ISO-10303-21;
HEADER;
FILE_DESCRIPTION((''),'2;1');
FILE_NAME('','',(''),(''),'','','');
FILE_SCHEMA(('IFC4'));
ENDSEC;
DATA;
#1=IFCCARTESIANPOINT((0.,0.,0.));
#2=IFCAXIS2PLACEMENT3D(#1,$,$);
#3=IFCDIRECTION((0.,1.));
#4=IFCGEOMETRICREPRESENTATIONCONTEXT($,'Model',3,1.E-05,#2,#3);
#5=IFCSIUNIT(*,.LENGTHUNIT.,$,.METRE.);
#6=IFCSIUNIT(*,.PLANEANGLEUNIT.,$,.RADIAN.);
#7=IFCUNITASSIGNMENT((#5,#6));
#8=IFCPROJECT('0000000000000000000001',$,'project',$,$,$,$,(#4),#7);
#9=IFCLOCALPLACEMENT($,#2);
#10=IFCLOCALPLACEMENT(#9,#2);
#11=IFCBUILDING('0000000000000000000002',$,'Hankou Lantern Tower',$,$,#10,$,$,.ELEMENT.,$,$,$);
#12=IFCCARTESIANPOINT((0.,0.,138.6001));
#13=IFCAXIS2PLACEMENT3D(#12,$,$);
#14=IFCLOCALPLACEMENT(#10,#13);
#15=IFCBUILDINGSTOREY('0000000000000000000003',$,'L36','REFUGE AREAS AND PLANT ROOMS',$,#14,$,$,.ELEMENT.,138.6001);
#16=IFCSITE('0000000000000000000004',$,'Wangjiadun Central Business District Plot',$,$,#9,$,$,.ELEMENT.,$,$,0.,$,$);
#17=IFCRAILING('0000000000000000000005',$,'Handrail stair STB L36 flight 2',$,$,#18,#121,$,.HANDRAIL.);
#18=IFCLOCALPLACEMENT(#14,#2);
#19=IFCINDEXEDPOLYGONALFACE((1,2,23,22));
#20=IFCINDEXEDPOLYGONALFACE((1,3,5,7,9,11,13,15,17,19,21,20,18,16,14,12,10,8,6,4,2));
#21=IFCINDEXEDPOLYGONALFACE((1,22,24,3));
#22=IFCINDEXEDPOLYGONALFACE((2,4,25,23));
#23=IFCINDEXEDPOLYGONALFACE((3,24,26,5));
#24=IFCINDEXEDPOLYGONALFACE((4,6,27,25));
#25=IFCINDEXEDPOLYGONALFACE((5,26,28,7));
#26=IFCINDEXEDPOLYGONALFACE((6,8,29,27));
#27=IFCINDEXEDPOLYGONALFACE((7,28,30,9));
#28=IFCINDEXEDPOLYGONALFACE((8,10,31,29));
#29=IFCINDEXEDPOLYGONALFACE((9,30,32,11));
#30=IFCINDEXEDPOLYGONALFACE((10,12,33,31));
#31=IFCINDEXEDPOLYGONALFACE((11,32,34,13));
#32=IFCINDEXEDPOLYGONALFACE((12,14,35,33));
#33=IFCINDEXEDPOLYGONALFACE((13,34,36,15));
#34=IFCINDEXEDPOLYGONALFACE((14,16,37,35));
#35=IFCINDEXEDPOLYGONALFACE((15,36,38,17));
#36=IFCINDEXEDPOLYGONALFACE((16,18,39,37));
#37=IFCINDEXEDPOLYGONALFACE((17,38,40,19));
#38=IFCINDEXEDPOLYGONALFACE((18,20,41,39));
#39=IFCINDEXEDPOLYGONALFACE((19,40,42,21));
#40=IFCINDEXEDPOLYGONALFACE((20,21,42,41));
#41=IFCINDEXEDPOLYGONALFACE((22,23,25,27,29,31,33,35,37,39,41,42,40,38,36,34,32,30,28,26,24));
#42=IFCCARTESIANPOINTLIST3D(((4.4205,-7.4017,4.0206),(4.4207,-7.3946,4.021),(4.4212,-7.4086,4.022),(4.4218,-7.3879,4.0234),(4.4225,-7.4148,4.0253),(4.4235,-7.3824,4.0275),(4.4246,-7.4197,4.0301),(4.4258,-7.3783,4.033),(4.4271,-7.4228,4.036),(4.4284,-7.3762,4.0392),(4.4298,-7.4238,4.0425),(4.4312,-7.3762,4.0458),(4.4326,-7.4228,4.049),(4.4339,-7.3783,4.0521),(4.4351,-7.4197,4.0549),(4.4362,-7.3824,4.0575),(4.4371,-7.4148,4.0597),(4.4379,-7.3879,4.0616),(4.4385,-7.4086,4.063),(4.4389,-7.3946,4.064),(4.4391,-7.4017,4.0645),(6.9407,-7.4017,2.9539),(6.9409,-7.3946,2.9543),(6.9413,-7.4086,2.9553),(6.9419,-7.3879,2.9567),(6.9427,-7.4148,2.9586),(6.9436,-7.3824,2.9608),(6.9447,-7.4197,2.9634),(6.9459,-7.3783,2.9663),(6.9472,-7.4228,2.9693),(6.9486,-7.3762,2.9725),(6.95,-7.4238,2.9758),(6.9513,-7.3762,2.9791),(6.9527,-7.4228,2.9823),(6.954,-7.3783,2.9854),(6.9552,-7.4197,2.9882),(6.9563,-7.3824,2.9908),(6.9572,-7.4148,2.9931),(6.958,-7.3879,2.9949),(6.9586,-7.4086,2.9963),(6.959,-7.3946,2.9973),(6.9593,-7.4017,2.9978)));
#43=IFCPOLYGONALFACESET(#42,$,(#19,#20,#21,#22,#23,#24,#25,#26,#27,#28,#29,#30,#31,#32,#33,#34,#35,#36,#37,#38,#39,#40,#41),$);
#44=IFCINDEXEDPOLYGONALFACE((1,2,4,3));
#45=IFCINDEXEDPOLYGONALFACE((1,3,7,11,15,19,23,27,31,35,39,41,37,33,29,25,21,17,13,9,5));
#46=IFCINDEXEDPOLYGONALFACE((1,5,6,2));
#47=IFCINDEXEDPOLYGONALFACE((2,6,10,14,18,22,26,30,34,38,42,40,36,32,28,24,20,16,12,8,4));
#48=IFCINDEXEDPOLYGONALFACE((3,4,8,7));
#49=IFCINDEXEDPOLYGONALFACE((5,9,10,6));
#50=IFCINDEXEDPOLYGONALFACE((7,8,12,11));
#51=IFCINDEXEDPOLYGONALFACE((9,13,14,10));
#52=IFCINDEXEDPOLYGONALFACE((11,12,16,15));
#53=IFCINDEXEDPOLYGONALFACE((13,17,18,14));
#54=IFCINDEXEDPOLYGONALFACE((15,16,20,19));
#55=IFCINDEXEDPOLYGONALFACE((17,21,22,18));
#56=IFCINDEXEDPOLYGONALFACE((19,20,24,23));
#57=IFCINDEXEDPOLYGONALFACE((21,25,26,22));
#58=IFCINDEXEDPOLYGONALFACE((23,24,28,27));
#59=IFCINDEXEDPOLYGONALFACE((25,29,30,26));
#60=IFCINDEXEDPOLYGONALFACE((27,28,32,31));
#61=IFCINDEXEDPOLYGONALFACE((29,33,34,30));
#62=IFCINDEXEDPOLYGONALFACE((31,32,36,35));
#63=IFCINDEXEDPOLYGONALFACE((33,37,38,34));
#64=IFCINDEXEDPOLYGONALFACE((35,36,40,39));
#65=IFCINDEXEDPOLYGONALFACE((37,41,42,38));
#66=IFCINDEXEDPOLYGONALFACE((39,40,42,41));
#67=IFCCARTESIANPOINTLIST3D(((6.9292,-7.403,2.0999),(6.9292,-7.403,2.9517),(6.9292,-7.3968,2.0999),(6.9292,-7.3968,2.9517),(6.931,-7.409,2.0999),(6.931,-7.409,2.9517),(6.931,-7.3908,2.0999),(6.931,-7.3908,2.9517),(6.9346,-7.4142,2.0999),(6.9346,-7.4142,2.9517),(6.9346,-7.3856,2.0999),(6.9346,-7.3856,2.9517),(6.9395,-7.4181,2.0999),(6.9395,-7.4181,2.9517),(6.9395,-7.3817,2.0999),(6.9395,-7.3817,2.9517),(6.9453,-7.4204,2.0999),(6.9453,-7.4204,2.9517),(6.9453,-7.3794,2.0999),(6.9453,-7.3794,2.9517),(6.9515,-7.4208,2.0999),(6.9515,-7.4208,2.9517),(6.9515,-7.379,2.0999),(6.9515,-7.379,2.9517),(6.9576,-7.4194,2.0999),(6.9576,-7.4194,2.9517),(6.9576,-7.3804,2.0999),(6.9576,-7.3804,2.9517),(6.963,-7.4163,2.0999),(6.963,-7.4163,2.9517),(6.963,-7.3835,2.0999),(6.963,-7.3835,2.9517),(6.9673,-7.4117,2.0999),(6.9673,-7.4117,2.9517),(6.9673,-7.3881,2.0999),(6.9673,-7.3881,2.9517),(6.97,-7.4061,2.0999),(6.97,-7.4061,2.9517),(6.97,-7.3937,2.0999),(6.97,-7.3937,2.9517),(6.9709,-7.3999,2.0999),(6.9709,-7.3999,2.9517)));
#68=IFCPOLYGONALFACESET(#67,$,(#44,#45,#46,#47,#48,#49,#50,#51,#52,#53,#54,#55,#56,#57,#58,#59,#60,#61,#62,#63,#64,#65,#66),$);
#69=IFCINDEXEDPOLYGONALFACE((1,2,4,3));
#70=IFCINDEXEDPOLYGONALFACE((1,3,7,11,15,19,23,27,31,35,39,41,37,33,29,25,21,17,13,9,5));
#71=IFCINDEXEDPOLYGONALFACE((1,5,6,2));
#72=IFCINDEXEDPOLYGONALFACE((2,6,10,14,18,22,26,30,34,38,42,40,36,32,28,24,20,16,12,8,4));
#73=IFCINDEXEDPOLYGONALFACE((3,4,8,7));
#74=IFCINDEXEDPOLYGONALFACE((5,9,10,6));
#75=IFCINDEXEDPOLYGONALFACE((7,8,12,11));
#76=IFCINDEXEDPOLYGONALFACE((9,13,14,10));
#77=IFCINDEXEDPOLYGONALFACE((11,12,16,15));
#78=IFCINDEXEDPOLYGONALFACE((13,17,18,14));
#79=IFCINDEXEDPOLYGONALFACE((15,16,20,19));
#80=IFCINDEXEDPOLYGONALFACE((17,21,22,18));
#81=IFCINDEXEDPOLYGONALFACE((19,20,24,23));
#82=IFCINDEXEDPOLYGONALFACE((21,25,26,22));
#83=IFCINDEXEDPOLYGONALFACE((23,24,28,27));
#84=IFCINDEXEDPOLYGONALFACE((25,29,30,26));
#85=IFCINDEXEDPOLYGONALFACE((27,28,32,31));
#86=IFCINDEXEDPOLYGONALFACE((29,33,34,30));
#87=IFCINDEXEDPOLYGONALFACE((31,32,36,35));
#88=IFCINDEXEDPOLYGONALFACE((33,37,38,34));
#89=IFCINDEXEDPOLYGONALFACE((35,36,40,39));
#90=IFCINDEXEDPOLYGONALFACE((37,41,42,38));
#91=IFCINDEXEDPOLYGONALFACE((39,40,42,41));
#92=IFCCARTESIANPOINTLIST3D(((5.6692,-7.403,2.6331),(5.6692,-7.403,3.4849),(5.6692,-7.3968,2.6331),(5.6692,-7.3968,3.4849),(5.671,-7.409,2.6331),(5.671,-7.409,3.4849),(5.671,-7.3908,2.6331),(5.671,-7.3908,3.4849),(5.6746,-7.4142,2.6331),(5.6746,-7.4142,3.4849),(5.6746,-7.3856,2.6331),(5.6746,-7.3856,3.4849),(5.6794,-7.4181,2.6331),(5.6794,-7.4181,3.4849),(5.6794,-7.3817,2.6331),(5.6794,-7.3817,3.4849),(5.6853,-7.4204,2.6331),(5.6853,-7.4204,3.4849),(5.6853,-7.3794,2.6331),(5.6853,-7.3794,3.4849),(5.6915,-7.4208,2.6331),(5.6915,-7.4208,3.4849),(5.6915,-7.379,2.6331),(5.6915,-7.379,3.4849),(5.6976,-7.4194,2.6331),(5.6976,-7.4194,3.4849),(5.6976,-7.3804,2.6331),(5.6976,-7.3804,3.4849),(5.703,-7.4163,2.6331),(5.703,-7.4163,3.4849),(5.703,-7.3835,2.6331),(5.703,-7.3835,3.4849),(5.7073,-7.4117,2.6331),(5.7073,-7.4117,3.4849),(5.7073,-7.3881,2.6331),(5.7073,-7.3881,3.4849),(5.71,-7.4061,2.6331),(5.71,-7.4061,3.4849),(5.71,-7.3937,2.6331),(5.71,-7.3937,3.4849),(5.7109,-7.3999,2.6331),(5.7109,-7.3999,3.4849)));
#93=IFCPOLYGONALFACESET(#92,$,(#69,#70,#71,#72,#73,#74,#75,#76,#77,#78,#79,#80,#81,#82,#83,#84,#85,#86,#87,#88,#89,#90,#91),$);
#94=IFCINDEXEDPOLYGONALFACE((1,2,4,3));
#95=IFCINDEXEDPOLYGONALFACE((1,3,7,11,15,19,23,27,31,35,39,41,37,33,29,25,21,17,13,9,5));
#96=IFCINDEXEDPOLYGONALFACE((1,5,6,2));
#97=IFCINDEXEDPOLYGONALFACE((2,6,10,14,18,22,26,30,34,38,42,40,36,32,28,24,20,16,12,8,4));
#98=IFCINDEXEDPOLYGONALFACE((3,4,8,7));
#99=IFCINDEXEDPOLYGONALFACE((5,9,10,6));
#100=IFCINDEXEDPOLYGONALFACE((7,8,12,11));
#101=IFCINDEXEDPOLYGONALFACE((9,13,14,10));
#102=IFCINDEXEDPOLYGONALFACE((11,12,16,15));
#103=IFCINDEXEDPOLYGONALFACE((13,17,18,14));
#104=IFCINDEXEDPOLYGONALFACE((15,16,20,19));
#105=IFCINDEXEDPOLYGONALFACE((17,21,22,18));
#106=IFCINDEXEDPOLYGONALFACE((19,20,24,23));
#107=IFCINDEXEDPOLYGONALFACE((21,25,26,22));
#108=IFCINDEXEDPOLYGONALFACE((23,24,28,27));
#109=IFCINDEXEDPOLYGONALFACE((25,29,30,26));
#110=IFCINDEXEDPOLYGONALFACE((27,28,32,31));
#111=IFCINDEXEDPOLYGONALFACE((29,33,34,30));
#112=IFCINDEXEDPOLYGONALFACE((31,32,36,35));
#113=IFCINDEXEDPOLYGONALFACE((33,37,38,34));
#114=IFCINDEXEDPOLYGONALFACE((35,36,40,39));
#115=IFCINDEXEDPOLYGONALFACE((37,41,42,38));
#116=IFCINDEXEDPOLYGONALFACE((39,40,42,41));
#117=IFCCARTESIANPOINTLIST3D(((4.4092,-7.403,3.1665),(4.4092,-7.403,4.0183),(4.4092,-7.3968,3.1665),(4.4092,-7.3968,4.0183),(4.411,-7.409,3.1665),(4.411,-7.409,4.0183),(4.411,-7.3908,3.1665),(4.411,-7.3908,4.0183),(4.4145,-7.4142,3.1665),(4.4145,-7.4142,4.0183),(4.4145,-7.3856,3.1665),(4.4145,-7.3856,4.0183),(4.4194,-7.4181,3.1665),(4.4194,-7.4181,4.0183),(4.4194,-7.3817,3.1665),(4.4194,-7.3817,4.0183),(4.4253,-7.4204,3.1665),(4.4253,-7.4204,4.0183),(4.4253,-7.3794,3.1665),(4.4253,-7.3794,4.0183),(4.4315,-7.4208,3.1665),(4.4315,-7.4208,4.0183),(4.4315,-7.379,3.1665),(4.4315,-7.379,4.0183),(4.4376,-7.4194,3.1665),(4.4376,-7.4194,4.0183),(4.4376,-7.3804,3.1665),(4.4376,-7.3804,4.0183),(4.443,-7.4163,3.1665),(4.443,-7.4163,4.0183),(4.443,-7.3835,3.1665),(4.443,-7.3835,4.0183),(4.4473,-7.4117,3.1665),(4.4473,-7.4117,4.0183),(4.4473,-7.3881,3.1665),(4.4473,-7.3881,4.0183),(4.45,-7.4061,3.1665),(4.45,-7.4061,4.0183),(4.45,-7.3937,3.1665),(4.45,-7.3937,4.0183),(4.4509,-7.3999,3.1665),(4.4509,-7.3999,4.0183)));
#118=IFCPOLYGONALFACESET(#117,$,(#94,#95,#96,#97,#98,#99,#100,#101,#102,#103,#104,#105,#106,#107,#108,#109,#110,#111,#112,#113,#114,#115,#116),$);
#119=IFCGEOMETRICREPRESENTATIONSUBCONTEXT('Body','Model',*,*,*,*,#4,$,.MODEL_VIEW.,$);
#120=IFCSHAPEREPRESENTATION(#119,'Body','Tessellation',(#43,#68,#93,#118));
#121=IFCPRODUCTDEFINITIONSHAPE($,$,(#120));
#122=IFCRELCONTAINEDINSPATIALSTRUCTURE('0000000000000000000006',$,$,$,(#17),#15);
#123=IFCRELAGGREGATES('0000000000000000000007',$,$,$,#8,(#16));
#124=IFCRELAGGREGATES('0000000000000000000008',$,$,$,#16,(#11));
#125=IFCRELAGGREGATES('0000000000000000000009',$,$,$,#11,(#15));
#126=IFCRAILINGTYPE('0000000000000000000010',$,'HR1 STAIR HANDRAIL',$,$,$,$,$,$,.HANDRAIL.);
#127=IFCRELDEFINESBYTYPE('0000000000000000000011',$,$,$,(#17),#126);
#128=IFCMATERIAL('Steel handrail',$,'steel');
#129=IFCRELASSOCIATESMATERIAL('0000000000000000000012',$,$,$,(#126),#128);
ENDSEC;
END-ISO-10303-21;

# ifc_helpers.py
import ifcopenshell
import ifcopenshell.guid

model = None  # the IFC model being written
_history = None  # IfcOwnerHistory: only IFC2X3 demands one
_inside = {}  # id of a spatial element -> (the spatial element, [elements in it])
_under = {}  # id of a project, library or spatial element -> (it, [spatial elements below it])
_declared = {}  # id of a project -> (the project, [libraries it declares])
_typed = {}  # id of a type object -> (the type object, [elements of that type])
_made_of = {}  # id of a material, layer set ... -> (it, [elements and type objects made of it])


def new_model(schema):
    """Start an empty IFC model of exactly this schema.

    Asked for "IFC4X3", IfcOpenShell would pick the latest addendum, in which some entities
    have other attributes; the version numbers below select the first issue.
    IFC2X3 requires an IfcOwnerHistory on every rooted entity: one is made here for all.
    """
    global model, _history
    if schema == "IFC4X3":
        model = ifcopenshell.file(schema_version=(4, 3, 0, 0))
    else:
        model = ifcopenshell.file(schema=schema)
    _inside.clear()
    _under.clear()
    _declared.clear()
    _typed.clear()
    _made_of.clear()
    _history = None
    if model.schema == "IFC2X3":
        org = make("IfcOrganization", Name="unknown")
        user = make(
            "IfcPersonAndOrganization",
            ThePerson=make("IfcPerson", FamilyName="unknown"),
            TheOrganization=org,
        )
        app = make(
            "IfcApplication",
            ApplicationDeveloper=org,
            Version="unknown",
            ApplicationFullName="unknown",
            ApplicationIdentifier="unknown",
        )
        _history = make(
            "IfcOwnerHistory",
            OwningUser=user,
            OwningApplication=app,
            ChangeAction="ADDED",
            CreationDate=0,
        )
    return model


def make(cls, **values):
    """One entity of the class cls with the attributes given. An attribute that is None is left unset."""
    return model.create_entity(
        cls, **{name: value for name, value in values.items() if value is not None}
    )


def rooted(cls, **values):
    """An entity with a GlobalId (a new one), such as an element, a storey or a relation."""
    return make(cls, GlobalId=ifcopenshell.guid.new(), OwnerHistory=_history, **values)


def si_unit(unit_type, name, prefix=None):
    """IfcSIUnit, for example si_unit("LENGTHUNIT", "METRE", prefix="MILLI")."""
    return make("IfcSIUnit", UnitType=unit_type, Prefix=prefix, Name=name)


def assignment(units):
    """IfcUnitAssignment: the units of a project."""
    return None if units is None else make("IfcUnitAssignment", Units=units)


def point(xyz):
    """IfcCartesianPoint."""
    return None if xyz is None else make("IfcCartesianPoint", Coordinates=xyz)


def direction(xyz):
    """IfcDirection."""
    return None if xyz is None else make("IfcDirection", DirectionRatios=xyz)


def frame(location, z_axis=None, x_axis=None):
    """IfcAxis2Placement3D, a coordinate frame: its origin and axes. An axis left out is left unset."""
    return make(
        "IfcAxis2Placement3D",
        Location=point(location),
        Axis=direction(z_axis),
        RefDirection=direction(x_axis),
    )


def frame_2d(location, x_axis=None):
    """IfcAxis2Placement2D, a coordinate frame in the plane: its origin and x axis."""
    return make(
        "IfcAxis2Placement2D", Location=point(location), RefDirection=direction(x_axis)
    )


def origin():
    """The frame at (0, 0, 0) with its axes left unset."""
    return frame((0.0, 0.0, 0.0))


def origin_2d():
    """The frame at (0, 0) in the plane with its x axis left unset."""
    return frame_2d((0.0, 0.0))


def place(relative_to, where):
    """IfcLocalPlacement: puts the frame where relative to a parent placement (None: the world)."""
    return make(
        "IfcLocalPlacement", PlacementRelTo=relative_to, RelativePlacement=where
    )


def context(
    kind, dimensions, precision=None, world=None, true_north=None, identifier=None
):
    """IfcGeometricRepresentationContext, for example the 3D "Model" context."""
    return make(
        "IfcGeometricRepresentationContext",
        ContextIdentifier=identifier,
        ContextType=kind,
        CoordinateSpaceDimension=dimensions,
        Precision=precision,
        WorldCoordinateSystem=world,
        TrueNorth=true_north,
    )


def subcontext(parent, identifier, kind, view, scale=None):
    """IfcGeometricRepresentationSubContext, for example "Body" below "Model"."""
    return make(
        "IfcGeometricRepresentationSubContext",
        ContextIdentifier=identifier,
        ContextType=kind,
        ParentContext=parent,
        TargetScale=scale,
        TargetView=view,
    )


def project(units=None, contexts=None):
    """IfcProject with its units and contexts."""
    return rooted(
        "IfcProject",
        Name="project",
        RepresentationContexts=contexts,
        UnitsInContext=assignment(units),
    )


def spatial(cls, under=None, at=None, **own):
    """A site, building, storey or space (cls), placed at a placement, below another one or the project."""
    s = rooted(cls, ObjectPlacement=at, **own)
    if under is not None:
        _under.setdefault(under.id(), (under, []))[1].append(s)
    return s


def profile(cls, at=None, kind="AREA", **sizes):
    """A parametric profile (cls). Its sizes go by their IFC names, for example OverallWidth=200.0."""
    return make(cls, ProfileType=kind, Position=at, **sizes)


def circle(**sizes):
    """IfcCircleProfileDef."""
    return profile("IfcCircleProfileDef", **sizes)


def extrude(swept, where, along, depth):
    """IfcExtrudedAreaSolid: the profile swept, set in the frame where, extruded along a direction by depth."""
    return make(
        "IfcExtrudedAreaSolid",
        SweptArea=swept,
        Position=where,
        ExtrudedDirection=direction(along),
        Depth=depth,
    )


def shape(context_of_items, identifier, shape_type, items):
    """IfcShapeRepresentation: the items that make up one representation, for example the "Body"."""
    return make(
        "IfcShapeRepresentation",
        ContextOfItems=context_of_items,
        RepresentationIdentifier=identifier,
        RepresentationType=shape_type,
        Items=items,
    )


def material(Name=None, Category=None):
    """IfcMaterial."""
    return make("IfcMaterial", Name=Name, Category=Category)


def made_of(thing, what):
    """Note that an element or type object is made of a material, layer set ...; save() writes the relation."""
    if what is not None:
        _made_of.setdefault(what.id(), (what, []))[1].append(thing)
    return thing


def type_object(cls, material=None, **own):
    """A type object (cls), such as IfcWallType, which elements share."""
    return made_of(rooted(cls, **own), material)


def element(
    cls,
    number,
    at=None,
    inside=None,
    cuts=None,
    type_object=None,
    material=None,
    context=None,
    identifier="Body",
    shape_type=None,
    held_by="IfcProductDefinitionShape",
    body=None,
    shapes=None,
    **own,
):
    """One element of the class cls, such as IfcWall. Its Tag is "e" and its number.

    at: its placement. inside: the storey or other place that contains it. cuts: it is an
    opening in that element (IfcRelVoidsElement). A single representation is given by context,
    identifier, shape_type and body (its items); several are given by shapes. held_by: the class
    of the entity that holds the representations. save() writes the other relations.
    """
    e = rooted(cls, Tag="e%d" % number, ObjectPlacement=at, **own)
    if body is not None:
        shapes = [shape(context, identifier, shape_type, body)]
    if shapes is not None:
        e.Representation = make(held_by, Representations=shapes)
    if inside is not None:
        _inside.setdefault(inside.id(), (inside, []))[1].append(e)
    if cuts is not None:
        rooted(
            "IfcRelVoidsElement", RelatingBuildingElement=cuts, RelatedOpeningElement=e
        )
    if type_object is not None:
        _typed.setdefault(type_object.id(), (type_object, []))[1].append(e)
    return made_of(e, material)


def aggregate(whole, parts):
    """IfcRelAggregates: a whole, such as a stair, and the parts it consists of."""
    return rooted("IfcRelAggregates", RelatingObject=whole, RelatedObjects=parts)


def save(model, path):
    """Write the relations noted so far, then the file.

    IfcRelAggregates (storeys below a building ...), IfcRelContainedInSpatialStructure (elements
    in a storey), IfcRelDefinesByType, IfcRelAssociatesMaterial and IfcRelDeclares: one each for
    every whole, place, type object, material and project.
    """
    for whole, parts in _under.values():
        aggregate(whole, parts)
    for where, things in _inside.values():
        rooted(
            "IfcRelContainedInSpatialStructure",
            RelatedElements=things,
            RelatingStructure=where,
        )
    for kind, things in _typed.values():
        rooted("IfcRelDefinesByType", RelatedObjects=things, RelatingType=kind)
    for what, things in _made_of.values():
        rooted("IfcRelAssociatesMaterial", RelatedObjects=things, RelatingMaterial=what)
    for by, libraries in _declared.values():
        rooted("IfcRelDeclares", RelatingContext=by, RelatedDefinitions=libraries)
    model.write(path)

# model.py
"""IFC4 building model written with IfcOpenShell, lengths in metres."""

from ifc_helpers import new_model, si_unit, direction, frame, origin, origin_2d, place, context, subcontext, project, spatial, circle, extrude, material, type_object, element, save


model = new_model("IFC4")

# Units and contexts
model_context = context("Model", 3, precision=1e-05, world=origin(), true_north=direction((0.0, 1.0)))
body_context = subcontext(model_context, "Body", "Model", "MODEL_VIEW")
ifc_project = project(units=[si_unit("LENGTHUNIT", "METRE"), si_unit("PLANEANGLEUNIT", "RADIAN")], contexts=[model_context])

# Site, building, storey
site_placement = place(None, origin())
site = spatial("IfcSite", under=ifc_project, at=site_placement, Name="Wangjiadun Central Business District Plot", CompositionType="ELEMENT", RefElevation=0.0)
building_placement = place(site_placement, origin())
building = spatial("IfcBuilding", under=site, at=building_placement, Name="Hankou Lantern Tower", CompositionType="ELEMENT")
storey_placement = place(building_placement, frame((0.0, 0.0, 138.6001)))
storey = spatial("IfcBuildingStorey", under=building, at=storey_placement, Name="L36", Description="REFUGE AREAS AND PLANT ROOMS", CompositionType="ELEMENT", Elevation=138.6001)

# Railing
ifc_material_1 = material(Name="Steel handrail", Category="steel")
railing_type = type_object("IfcRailingType", Name="HR1 STAIR HANDRAIL", PredefinedType="HANDRAIL", material=ifc_material_1)
railing_1_placement = place(storey_placement, frame((6.95, -7.3999, 2.0999)))
element("IfcRailing", 1, at=railing_1_placement, inside=storey, type_object=railing_type, Name="Handrail stair STB L36 flight 2", PredefinedType="HANDRAIL", context=body_context, shape_type="SweptSolid", body=[
    extrude(circle(Radius=0.0239, at=origin_2d()), frame((0.0, 0.0, 0.876), z_axis=(-0.920903, 0.0, 0.389791), x_axis=(0.0, -1.0, 0.0)), (0.0, 0.0, 1.0), 2.7366),
    extrude(circle(Radius=0.021, at=origin_2d()), origin(), (0.0, 0.0, 1.0), 0.8518),
    extrude(circle(Radius=0.021, at=origin_2d()), frame((-1.26, 0.0, 0.5332)), (0.0, 0.0, 1.0), 0.8518),
    extrude(circle(Radius=0.021, at=origin_2d()), frame((-2.52, 0.0, 1.0667)), (0.0, 0.0, 1.0), 0.8518),
])

save(model, "model.ifc")
